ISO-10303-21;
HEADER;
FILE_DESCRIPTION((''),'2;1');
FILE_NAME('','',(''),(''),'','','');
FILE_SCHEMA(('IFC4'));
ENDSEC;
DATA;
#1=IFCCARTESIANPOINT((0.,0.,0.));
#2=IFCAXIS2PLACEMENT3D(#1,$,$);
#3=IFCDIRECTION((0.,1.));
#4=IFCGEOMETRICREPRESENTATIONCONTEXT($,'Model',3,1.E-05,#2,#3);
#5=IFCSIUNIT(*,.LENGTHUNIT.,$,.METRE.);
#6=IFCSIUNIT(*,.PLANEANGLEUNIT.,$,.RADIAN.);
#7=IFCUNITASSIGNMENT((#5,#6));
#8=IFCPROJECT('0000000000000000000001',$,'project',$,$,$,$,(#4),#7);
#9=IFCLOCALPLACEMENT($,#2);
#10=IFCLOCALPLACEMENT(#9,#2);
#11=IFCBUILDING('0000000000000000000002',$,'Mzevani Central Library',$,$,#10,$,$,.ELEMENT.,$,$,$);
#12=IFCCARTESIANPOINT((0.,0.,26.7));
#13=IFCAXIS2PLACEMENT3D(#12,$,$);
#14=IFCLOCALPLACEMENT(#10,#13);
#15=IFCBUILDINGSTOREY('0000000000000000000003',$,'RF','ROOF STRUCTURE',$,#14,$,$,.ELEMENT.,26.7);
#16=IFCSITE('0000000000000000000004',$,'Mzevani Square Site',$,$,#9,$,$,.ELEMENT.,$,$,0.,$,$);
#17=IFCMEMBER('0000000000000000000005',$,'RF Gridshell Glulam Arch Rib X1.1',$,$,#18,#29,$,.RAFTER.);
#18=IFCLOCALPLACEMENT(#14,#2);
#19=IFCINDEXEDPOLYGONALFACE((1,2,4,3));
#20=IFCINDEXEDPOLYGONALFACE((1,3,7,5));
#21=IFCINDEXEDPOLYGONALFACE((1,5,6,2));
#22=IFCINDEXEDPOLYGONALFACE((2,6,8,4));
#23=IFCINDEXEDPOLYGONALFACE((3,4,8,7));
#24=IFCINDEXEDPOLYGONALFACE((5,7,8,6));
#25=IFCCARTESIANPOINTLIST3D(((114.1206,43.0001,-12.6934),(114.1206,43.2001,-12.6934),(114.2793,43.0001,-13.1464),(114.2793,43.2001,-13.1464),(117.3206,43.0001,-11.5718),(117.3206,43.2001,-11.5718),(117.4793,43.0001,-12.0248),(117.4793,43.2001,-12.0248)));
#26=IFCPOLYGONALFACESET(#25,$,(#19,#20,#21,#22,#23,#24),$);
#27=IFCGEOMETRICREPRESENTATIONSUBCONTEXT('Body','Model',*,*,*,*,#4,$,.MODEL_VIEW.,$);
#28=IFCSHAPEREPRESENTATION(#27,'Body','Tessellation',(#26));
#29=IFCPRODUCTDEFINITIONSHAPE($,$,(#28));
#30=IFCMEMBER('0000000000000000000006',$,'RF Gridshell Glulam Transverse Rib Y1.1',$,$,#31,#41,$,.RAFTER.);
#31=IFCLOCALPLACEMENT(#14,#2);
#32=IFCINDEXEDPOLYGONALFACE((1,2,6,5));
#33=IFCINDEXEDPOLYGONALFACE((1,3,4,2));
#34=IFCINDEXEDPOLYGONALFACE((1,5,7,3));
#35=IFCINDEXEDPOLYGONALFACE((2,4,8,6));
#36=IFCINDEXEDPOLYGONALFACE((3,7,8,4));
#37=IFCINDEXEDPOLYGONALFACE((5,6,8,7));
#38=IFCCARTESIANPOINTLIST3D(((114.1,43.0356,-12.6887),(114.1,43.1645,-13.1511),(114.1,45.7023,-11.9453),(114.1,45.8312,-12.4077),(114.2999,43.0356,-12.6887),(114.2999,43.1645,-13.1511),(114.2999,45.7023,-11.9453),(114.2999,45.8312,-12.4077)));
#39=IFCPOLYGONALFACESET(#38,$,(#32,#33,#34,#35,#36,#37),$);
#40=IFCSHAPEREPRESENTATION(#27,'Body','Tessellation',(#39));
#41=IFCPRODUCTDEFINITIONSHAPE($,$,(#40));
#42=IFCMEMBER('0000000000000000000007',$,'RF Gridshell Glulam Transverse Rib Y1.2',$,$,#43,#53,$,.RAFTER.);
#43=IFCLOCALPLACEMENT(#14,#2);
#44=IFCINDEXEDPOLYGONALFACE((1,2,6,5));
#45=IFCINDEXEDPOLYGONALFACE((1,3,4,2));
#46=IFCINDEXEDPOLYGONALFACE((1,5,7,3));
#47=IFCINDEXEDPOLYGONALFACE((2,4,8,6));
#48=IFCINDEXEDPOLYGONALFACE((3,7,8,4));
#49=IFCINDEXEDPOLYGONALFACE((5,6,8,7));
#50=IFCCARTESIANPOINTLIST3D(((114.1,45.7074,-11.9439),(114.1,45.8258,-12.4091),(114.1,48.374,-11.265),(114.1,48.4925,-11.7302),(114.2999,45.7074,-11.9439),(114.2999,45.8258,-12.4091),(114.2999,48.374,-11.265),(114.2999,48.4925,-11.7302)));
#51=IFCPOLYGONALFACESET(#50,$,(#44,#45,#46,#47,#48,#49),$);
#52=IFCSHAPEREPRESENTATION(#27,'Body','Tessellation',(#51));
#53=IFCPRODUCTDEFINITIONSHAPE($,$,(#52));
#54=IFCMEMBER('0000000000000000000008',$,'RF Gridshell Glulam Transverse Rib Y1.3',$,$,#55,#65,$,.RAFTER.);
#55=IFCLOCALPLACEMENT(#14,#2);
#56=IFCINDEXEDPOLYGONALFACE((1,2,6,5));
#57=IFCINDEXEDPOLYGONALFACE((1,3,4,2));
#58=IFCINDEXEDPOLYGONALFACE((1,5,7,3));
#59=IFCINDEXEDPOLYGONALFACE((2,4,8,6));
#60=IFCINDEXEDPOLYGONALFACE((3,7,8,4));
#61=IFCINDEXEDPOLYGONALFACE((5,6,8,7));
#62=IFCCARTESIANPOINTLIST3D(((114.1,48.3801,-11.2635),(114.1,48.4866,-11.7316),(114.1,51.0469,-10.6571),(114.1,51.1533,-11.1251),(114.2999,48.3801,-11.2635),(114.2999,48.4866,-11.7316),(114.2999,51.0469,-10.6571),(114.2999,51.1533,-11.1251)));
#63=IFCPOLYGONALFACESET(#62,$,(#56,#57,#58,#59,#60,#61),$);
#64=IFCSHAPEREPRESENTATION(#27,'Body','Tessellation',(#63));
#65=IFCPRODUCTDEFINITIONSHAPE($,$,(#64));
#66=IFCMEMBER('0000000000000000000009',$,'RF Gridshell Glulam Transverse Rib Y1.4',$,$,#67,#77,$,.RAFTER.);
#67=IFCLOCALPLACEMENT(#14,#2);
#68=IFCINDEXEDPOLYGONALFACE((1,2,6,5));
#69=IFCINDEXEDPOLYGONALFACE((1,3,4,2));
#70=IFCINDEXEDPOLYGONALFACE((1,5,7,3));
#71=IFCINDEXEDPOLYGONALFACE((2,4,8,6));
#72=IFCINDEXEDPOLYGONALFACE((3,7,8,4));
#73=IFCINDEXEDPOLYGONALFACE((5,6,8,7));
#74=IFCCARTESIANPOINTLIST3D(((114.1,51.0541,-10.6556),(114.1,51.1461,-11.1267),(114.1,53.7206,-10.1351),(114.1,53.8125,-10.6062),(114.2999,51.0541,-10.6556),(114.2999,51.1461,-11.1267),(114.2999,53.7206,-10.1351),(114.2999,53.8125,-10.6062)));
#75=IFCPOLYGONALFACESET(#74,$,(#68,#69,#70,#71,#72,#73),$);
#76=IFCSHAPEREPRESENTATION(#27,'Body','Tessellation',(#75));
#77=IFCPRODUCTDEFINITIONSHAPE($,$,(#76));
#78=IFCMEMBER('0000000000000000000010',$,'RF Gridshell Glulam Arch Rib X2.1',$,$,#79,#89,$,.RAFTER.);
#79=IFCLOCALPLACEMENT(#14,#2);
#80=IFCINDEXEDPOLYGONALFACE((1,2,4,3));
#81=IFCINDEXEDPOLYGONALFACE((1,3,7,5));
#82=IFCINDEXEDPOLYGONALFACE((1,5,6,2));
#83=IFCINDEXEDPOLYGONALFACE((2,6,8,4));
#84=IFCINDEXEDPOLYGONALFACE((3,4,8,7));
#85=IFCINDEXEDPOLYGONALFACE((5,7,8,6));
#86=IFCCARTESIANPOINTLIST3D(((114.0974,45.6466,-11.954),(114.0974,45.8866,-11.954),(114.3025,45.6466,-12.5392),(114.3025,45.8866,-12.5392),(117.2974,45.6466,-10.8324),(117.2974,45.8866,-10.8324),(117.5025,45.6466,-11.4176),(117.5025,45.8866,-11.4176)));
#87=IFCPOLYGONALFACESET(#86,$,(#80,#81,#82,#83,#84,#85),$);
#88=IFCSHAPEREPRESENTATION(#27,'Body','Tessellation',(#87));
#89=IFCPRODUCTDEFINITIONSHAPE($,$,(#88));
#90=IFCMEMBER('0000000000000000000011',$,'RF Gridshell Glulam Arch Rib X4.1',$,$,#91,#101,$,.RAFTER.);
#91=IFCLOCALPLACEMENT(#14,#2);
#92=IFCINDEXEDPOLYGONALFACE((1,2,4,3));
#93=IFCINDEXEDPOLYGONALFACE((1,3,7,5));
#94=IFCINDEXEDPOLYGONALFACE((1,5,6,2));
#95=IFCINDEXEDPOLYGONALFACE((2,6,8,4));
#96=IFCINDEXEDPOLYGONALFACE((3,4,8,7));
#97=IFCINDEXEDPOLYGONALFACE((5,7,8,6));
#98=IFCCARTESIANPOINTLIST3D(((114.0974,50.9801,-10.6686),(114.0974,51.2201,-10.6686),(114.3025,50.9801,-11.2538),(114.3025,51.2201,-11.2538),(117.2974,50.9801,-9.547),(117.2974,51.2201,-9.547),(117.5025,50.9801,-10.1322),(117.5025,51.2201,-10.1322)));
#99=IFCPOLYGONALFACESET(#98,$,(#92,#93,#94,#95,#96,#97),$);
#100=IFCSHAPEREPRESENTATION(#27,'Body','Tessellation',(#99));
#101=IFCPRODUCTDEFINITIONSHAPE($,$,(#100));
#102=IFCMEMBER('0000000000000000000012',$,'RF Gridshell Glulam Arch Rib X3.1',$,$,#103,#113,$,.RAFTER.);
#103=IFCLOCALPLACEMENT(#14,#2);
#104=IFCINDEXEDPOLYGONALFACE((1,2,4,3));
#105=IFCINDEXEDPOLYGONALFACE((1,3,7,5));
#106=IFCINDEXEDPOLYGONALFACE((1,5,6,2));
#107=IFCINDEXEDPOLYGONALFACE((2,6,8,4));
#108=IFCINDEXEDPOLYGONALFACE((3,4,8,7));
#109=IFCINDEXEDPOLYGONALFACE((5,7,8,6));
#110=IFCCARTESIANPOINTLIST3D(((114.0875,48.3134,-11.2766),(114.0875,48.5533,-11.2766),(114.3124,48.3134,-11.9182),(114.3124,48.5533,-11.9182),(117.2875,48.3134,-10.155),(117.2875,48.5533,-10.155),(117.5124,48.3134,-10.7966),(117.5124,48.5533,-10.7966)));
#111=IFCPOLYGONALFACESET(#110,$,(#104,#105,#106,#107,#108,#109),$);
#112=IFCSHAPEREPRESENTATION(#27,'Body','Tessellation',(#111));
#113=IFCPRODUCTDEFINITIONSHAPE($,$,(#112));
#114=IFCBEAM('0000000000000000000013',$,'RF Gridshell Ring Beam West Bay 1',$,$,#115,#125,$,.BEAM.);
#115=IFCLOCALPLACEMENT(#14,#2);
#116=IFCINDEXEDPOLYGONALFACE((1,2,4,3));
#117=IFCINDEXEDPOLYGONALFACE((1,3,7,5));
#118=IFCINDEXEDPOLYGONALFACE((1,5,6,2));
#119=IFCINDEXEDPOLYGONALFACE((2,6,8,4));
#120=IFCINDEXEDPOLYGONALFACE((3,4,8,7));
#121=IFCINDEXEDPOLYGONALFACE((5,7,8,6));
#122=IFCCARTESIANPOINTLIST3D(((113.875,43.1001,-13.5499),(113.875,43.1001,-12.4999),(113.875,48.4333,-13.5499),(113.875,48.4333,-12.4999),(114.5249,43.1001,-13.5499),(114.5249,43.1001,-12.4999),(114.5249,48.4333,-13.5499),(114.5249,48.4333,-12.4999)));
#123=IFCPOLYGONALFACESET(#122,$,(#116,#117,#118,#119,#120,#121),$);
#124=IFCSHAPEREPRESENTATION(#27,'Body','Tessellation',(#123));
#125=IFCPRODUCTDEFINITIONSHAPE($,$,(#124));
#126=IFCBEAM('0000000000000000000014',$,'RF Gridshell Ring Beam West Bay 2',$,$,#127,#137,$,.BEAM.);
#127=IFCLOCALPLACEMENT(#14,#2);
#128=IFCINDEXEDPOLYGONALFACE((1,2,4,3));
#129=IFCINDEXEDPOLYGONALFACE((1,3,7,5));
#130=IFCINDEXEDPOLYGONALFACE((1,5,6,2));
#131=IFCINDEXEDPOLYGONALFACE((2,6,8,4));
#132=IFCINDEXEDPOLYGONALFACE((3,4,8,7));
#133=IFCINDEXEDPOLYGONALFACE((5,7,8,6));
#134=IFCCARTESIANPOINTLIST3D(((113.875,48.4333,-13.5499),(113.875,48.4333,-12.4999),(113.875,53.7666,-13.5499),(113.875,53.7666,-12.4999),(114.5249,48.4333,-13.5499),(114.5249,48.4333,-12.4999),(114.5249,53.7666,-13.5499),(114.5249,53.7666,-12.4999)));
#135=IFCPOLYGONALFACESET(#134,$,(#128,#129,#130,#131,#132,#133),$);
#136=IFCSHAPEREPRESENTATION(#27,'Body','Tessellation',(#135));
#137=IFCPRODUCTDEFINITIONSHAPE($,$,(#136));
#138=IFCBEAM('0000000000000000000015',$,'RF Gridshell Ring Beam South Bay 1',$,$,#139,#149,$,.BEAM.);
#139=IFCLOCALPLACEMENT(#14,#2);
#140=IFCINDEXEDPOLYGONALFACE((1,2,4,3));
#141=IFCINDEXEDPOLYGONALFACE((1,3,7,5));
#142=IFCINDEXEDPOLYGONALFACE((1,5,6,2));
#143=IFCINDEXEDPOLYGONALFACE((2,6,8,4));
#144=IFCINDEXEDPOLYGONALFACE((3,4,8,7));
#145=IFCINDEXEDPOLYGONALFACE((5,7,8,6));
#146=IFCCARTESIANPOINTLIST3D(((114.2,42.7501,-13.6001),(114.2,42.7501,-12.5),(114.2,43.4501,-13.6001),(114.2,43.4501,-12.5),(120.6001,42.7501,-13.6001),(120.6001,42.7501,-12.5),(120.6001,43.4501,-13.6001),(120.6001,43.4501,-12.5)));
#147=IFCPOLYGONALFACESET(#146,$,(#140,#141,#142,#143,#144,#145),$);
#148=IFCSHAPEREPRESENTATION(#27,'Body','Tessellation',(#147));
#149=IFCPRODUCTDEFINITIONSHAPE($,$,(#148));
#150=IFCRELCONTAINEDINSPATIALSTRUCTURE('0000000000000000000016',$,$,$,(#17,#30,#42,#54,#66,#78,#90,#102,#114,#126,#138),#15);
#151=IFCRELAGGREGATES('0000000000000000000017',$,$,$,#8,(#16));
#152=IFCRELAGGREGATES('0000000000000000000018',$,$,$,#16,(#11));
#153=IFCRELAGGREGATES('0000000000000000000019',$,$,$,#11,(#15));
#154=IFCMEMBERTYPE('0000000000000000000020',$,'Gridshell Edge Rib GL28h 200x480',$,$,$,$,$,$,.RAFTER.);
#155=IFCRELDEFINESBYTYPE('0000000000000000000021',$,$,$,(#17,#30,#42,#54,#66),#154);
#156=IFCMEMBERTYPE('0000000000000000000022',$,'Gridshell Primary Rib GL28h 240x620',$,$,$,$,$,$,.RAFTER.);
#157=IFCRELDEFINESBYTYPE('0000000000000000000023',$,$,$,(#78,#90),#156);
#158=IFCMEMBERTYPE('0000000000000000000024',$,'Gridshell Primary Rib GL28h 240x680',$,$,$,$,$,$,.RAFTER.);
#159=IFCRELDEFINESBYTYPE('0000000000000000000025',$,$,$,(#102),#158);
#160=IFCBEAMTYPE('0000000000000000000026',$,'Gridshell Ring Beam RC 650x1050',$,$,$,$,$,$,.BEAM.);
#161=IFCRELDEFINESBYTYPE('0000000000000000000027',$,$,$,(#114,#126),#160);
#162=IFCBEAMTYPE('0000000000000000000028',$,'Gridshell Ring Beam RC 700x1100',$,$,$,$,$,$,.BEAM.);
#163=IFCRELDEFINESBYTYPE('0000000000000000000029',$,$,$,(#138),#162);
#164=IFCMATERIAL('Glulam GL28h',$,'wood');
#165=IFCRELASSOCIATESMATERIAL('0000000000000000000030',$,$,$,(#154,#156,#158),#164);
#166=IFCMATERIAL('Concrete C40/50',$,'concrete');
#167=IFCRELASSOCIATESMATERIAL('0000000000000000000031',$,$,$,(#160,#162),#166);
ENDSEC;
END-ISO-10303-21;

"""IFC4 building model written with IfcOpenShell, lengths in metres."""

from ifc_helpers import new_model, si_unit, direction, frame, origin, origin_2d, place, context, subcontext, project, spatial, rectangle, extrude, material, material_profile, profile_set, type_object, element, save


model = new_model("IFC4")

# Units and contexts
model_context = context("Model", 3, precision=1e-05, world=origin(), true_north=direction((0.0, 1.0)))
body_context = subcontext(model_context, "Body", "Model", "MODEL_VIEW")
ifc_project = project(units=[si_unit("LENGTHUNIT", "METRE"), si_unit("PLANEANGLEUNIT", "RADIAN")], contexts=[model_context])

# Site, building, storey
site_placement = place(None, origin())
site = spatial("IfcSite", under=ifc_project, at=site_placement, Name="Mzevani Square Site", CompositionType="ELEMENT", RefElevation=0.0)
building_placement = place(site_placement, origin())
building = spatial("IfcBuilding", under=site, at=building_placement, Name="Mzevani Central Library", CompositionType="ELEMENT")
storey_placement = place(building_placement, frame((0.0, 0.0, 26.7)))
storey = spatial("IfcBuildingStorey", under=building, at=storey_placement, Name="RF", Description="ROOF STRUCTURE", CompositionType="ELEMENT", Elevation=26.7)

# Members
ifc_material_1 = material(Name="Glulam GL28h", Category="wood")
ifc_material_profile_1 = material_profile(ifc_material_1, rectangle(XDim=0.2, YDim=0.48, at=origin_2d()), Name="GL28h 200x480")
ifc_profile_set_1 = profile_set([ifc_material_profile_1], Name="Glulam GL28h")
member_type_1 = type_object("IfcMemberType", Name="Gridshell Edge Rib GL28h 200x480", PredefinedType="RAFTER", material=ifc_profile_set_1)
member_1_placement = place(storey_placement, frame((114.2, 43.1001, -12.9199), z_axis=(0.943711, 0.0, 0.330771), x_axis=(0.0, 1.0, 0.0)))
element("IfcMember", 1, at=member_1_placement, inside=storey, type_object=member_type_1, Name="RF Gridshell Glulam Arch Rib X1.1", PredefinedType="RAFTER", context=body_context, shape_type="SweptSolid", body=[
    extrude(rectangle(XDim=0.2, YDim=0.48, at=origin_2d()), origin(), (0.0, 0.0, 1.0), 3.3909),
])
member_2_placement = place(storey_placement, frame((114.2, 43.1001, -12.9199), z_axis=(0.0, 0.963265, 0.268553), x_axis=(-1.0, 0.0, 0.0)))
element("IfcMember", 2, at=member_2_placement, inside=storey, type_object=member_type_1, Name="RF Gridshell Glulam Transverse Rib Y1.1", PredefinedType="RAFTER", context=body_context, shape_type="SweptSolid", body=[
    extrude(rectangle(XDim=0.2, YDim=0.48, at=origin_2d()), origin(), (0.0, 0.0, 1.0), 2.7683),
])
member_3_placement = place(storey_placement, frame((114.2, 45.7666, -12.1765), z_axis=(0.0, 0.969084, 0.246729), x_axis=(-1.0, 0.0, 0.0)))
element("IfcMember", 3, at=member_3_placement, inside=storey, type_object=member_type_1, Name="RF Gridshell Glulam Transverse Rib Y1.2", PredefinedType="RAFTER", context=body_context, shape_type="SweptSolid", body=[
    extrude(rectangle(XDim=0.2, YDim=0.48, at=origin_2d()), origin(), (0.0, 0.0, 1.0), 2.7517),
])
member_4_placement = place(storey_placement, frame((114.2, 48.4333, -11.4976), z_axis=(0.0, 0.975104, 0.221748), x_axis=(-1.0, 0.0, 0.0)))
element("IfcMember", 4, at=member_4_placement, inside=storey, type_object=member_type_1, Name="RF Gridshell Glulam Transverse Rib Y1.3", PredefinedType="RAFTER", context=body_context, shape_type="SweptSolid", body=[
    extrude(rectangle(XDim=0.2, YDim=0.48, at=origin_2d()), origin(), (0.0, 0.0, 1.0), 2.7349),
])
member_5_placement = place(storey_placement, frame((114.2, 51.1001, -10.8911), z_axis=(0.0, 0.981476, 0.191586), x_axis=(-1.0, 0.0, 0.0)))
element("IfcMember", 5, at=member_5_placement, inside=storey, type_object=member_type_1, Name="RF Gridshell Glulam Transverse Rib Y1.4", PredefinedType="RAFTER", context=body_context, shape_type="SweptSolid", body=[
    extrude(rectangle(XDim=0.2, YDim=0.48, at=origin_2d()), origin(), (0.0, 0.0, 1.0), 2.7168),
])
ifc_material_profile_2 = material_profile(ifc_material_1, rectangle(XDim=0.24, YDim=0.6201, at=origin_2d()), Name="GL28h 240x620")
ifc_profile_set_2 = profile_set([ifc_material_profile_2], Name="Glulam GL28h")
member_type_2 = type_object("IfcMemberType", Name="Gridshell Primary Rib GL28h 240x620", PredefinedType="RAFTER", material=ifc_profile_set_2)
for number, where, z_axis, x_axis, name in (
    (6, (114.2, 45.7666, -12.2466), (0.943711, 0.0, 0.330771), (0.0, 1.0, 0.0), "RF Gridshell Glulam Arch Rib X2.1"),
    (7, (114.2, 51.1001, -10.9612), (0.943711, 0.0, 0.330771), (0.0, 1.0, 0.0), "RF Gridshell Glulam Arch Rib X4.1"),
):
    element("IfcMember", number, at=place(storey_placement, frame(where, z_axis=z_axis, x_axis=x_axis)), inside=storey, type_object=member_type_2, Name=name, PredefinedType="RAFTER", context=body_context, shape_type="SweptSolid", body=[
        extrude(rectangle(XDim=0.24, YDim=0.6201, at=origin_2d()), origin(), (0.0, 0.0, 1.0), 3.3909),
    ])
ifc_material_profile_3 = material_profile(ifc_material_1, rectangle(XDim=0.24, YDim=0.6799, at=origin_2d()), Name="GL28h 240x680")
ifc_profile_set_3 = profile_set([ifc_material_profile_3], Name="Glulam GL28h")
member_type_3 = type_object("IfcMemberType", Name="Gridshell Primary Rib GL28h 240x680", PredefinedType="RAFTER", material=ifc_profile_set_3)
member_6_placement = place(storey_placement, frame((114.2, 48.4333, -11.5974), z_axis=(0.943711, 0.0, 0.330771), x_axis=(0.0, 1.0, 0.0)))
element("IfcMember", 8, at=member_6_placement, inside=storey, type_object=member_type_3, Name="RF Gridshell Glulam Arch Rib X3.1", PredefinedType="RAFTER", context=body_context, shape_type="SweptSolid", body=[
    extrude(rectangle(XDim=0.24, YDim=0.6799, at=origin_2d()), origin(), (0.0, 0.0, 1.0), 3.3909),
])

# Beams
ifc_material_2 = material(Name="Concrete C40/50", Category="concrete")
ifc_material_profile_4 = material_profile(ifc_material_2, rectangle(XDim=0.6499, YDim=1.05, at=origin_2d()), Name="RC RB650x1050")
ifc_profile_set_4 = profile_set([ifc_material_profile_4], Name="Concrete C40/50")
beam_type_1 = type_object("IfcBeamType", Name="Gridshell Ring Beam RC 650x1050", PredefinedType="BEAM", material=ifc_profile_set_4)
for number, where, z_axis, x_axis, name in (
    (9, (114.2, 43.1001, -13.0249), (0.0, 1.0, 0.0), (-1.0, 0.0, 0.0), "RF Gridshell Ring Beam West Bay 1"),
    (10, (114.2, 48.4333, -13.0249), (0.0, 1.0, 0.0), (-1.0, 0.0, 0.0), "RF Gridshell Ring Beam West Bay 2"),
):
    element("IfcBeam", number, at=place(storey_placement, frame(where, z_axis=z_axis, x_axis=x_axis)), inside=storey, type_object=beam_type_1, Name=name, PredefinedType="BEAM", context=body_context, shape_type="SweptSolid", body=[
        extrude(rectangle(XDim=0.6499, YDim=1.05, at=origin_2d()), origin(), (0.0, 0.0, 1.0), 5.3333),
    ])
ifc_material_profile_5 = material_profile(ifc_material_2, rectangle(XDim=0.7, YDim=1.1001, at=origin_2d()), Name="RC RB700x1100")
ifc_profile_set_5 = profile_set([ifc_material_profile_5], Name="Concrete C40/50")
beam_type_2 = type_object("IfcBeamType", Name="Gridshell Ring Beam RC 700x1100", PredefinedType="BEAM", material=ifc_profile_set_5)
beam_placement = place(storey_placement, frame((114.2, 43.1001, -13.05), z_axis=(1.0, 0.0, 0.0), x_axis=(0.0, 1.0, 0.0)))
element("IfcBeam", 11, at=beam_placement, inside=storey, type_object=beam_type_2, Name="RF Gridshell Ring Beam South Bay 1", PredefinedType="BEAM", context=body_context, shape_type="SweptSolid", body=[
    extrude(rectangle(XDim=0.7, YDim=1.1001, at=origin_2d()), origin(), (0.0, 0.0, 1.0), 6.4001),
])

save(model, "model.ifc")
